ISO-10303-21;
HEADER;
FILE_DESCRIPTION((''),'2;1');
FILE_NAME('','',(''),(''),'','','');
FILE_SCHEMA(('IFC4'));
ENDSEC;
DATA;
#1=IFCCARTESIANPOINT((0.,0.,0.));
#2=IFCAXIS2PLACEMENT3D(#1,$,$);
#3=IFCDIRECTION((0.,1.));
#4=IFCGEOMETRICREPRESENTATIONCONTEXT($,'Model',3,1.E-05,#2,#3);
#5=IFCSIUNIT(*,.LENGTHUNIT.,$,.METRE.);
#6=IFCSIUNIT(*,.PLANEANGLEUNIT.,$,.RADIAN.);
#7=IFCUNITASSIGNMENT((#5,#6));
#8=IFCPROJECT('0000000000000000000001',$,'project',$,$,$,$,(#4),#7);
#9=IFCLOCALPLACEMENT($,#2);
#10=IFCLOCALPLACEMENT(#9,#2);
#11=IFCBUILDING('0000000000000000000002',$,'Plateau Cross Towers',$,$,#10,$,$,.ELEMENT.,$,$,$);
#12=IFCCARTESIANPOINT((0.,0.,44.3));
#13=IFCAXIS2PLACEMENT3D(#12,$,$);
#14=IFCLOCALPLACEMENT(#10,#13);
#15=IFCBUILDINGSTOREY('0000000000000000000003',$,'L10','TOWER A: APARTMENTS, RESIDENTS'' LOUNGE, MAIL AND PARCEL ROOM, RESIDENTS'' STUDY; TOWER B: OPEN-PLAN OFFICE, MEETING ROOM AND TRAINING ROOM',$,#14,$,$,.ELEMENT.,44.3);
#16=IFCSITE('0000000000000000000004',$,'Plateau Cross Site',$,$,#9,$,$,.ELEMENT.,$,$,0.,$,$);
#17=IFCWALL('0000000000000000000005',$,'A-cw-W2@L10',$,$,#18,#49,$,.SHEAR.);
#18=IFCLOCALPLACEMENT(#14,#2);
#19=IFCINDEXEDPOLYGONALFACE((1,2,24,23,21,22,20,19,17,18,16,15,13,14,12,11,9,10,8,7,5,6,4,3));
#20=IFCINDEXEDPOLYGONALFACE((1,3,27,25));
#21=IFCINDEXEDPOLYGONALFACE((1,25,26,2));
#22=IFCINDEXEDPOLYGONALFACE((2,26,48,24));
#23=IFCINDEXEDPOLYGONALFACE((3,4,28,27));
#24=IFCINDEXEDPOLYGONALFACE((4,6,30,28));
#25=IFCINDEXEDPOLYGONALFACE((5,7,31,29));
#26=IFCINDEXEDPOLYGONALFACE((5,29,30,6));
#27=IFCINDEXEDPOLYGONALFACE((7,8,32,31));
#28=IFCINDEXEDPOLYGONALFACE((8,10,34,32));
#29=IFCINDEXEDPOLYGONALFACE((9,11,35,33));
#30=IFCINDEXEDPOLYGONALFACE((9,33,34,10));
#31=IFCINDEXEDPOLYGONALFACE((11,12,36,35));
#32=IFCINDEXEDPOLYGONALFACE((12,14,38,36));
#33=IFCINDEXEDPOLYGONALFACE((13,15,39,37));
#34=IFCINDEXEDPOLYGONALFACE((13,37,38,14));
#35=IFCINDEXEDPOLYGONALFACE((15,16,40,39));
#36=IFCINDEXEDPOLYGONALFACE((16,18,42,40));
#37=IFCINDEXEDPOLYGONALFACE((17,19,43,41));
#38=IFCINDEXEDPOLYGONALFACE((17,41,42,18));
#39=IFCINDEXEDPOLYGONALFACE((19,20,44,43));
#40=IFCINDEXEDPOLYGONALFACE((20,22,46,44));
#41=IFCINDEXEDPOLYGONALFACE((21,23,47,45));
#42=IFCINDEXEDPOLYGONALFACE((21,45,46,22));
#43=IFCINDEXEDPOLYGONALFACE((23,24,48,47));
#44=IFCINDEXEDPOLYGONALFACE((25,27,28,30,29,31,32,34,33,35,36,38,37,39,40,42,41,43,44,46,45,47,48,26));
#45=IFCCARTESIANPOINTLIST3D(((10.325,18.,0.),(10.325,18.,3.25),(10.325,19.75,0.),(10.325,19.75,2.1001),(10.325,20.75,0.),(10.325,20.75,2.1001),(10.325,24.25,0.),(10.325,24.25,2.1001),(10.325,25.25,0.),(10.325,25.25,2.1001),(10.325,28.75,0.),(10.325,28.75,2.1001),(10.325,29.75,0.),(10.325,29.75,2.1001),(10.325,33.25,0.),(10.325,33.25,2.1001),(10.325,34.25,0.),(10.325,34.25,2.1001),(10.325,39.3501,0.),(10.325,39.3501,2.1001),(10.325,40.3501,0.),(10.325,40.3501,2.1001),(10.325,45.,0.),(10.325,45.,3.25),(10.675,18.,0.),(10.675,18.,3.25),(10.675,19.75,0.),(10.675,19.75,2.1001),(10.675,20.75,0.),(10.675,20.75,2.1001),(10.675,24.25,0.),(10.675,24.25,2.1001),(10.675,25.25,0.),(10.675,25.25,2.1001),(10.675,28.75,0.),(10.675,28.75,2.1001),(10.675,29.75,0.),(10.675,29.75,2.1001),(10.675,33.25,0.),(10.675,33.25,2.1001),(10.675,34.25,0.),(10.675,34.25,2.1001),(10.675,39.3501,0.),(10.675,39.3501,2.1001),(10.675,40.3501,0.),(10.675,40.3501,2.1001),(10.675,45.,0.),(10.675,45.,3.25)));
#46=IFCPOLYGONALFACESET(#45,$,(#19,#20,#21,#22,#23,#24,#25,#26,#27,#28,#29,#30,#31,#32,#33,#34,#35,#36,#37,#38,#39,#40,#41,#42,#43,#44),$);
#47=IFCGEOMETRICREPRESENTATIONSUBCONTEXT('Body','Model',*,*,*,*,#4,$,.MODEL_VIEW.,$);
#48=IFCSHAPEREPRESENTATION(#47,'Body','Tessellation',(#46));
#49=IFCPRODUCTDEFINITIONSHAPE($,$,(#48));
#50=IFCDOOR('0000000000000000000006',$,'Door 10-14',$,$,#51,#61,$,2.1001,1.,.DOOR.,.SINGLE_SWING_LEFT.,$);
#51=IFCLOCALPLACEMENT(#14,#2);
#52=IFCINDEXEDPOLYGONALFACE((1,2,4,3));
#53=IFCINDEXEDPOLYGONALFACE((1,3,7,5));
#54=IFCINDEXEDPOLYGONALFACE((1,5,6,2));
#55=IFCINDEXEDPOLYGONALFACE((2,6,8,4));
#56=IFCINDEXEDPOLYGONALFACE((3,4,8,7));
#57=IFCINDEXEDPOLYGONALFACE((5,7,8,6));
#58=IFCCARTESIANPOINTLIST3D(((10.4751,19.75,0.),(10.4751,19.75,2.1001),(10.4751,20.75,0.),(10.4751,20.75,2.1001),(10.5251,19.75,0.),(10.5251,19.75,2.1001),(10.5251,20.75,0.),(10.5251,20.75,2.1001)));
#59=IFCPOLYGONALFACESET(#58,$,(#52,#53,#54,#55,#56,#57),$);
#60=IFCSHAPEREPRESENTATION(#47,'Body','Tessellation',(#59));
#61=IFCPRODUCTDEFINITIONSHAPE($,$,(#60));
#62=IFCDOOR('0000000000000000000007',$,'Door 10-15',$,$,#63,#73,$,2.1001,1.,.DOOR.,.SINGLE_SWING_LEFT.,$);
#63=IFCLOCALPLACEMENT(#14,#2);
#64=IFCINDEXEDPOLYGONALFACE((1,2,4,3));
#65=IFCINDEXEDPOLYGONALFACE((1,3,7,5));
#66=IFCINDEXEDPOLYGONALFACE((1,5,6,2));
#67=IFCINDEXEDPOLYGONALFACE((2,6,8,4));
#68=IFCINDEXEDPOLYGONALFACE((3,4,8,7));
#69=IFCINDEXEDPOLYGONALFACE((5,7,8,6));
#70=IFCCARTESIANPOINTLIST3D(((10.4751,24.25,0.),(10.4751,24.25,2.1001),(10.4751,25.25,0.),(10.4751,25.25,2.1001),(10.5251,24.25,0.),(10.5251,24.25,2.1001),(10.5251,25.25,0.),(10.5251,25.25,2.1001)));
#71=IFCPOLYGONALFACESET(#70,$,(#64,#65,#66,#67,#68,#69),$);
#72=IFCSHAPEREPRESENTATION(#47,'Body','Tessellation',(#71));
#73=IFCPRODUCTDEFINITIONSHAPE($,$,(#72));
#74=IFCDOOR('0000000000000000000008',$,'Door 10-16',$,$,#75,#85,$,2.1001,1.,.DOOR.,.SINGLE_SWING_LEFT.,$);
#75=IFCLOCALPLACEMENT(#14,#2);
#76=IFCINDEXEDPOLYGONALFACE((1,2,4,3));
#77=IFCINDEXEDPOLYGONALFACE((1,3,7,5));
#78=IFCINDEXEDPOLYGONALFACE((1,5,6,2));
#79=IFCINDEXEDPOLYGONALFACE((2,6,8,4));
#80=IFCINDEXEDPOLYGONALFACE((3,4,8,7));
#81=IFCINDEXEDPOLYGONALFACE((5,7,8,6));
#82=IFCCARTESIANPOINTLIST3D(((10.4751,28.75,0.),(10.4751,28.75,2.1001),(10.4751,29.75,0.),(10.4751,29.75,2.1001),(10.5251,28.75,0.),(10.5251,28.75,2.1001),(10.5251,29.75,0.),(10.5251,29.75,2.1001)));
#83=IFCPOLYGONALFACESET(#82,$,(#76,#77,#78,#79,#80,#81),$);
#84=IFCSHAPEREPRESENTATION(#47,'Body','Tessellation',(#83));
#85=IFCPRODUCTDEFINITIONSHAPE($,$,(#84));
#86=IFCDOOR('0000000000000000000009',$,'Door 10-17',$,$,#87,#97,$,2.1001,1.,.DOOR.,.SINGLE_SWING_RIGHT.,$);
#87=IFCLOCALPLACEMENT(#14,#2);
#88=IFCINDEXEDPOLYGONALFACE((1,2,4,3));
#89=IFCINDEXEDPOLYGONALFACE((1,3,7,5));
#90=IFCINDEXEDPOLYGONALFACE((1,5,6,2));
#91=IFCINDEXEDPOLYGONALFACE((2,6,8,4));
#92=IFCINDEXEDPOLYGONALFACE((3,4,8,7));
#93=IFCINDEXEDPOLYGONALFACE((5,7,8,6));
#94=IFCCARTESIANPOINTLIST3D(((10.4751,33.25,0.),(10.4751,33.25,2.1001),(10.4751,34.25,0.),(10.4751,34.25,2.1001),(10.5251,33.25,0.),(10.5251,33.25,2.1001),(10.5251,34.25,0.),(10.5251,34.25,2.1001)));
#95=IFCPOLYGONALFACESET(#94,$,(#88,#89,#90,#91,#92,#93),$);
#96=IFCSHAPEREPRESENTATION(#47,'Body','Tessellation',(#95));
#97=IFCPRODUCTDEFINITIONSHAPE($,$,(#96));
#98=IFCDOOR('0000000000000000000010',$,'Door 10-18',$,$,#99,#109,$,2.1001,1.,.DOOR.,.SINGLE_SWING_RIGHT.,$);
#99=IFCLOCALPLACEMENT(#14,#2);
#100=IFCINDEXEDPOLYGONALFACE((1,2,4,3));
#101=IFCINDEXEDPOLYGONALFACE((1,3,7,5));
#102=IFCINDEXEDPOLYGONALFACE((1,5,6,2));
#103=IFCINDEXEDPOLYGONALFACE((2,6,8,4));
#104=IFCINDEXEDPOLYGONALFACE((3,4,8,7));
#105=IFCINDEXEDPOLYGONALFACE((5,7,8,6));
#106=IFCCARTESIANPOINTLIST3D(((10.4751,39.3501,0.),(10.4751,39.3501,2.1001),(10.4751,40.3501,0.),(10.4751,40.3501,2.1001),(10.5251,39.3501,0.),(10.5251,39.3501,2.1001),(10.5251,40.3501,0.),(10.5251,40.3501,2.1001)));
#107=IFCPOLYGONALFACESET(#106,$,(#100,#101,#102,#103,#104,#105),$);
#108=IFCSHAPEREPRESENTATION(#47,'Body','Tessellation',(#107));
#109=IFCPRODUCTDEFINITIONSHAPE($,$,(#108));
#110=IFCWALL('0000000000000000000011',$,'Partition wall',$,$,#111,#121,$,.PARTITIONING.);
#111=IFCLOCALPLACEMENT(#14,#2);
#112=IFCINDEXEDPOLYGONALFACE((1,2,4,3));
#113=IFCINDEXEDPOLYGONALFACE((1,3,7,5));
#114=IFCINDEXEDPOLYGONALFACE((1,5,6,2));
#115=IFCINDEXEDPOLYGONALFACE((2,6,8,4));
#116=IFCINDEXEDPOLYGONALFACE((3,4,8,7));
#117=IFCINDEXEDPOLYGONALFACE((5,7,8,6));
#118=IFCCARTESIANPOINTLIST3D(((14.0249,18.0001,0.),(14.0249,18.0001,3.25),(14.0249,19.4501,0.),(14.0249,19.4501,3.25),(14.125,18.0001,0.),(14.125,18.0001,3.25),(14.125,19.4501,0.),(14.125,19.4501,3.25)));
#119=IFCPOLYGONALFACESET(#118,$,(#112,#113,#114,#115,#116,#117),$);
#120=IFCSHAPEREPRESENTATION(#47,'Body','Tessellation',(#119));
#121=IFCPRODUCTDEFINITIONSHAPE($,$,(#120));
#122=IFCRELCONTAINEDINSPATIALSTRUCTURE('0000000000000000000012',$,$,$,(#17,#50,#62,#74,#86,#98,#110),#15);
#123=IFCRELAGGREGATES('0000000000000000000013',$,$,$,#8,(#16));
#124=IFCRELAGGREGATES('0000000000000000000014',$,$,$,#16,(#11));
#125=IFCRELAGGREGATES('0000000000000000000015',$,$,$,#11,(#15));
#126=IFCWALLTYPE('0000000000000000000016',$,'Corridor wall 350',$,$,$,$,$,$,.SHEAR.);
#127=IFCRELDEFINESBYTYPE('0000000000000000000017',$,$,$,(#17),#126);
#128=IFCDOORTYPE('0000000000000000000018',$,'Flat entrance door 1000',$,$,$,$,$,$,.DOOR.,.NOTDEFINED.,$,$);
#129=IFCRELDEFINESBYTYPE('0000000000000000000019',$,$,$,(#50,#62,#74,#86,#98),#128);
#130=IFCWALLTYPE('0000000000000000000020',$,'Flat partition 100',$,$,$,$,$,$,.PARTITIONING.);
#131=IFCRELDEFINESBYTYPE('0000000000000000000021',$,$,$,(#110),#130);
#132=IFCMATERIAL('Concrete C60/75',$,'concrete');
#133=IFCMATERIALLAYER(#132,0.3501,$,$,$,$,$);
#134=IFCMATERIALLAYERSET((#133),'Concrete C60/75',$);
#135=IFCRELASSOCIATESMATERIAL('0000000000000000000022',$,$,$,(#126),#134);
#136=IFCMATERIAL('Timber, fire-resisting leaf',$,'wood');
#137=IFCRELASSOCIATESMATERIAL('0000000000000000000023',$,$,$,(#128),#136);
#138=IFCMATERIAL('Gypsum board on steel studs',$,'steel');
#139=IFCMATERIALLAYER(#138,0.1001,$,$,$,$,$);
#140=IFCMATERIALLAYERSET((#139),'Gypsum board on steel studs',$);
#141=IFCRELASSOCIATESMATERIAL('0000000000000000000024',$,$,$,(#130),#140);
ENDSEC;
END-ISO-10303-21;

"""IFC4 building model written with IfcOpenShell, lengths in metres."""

from ifc_helpers import new_model, si_unit, direction, frame, frame_2d, origin, place, context, subcontext, project, spatial, rectangle, extrude, material, layer, layer_set, type_object, element, fill, save


model = new_model("IFC4")

# Units and contexts
model_context = context("Model", 3, precision=1e-05, world=origin(), true_north=direction((0.0, 1.0)))
body_context = subcontext(model_context, "Body", "Model", "MODEL_VIEW")
ifc_project = project(units=[si_unit("LENGTHUNIT", "METRE"), si_unit("PLANEANGLEUNIT", "RADIAN")], contexts=[model_context])

# Site, building, storey
site_placement = place(None, origin())
site = spatial("IfcSite", under=ifc_project, at=site_placement, Name="Plateau Cross Site", CompositionType="ELEMENT", RefElevation=0.0)
building_placement = place(site_placement, origin())
building = spatial("IfcBuilding", under=site, at=building_placement, Name="Plateau Cross Towers", CompositionType="ELEMENT")
storey_placement = place(building_placement, frame((0.0, 0.0, 44.3)))
storey = spatial("IfcBuildingStorey", under=building, at=storey_placement, Name="L10", Description="TOWER A: APARTMENTS, RESIDENTS' LOUNGE, MAIL AND PARCEL ROOM, RESIDENTS' STUDY; TOWER B: OPEN-PLAN OFFICE, MEETING ROOM AND TRAINING ROOM", CompositionType="ELEMENT", Elevation=44.3)

# Shared definitions
ifc_material_1 = material(Name="Concrete C60/75", Category="concrete")

# Wall, openings, doors
ifc_layer_1 = layer(ifc_material_1, 0.3501)
ifc_layer_set_1 = layer_set([ifc_layer_1], Name="Concrete C60/75")
wall_type_1 = type_object("IfcWallType", Name="Corridor wall 350", PredefinedType="SHEAR", material=ifc_layer_set_1)
ifc_material_2 = material(Name="Timber, fire-resisting leaf", Category="wood")
door_type_1 = type_object("IfcDoorType", Name="Flat entrance door 1000", OperationType="NOTDEFINED", PredefinedType="DOOR", material=ifc_material_2)
wall_1_placement = place(storey_placement, frame((10.5, 18.0, 0.0), z_axis=(0.0, 0.0, 1.0), x_axis=(0.0, 1.0, 0.0)))
wall_1 = element("IfcWall", 1, at=wall_1_placement, inside=storey, type_object=wall_type_1, Name="A-cw-W2@L10", PredefinedType="SHEAR", context=body_context, shape_type="SweptSolid", body=[
    extrude(rectangle(XDim=27.0, YDim=0.3501, at=frame_2d((13.5, 0.0))), origin(), (0.0, 0.0, 1.0), 3.25),
])
opening_1_placement = place(wall_1_placement, frame((1.75, 0.0, 0.0)))
opening_1 = element("IfcOpeningElement", 2, at=opening_1_placement, cuts=wall_1, PredefinedType="OPENING", context=body_context, shape_type="SweptSolid", body=[
    extrude(rectangle(XDim=1.0, YDim=2.1001, at=frame_2d((0.5, 1.05))), frame((0.0, 0.1851, 0.0), z_axis=(0.0, -1.0, 0.0), x_axis=(1.0, 0.0, 0.0)), (0.0, 0.0, 1.0), 0.3701),
])
opening_2_placement = place(wall_1_placement, frame((6.25, 0.0, 0.0)))
opening_2 = element("IfcOpeningElement", 3, at=opening_2_placement, cuts=wall_1, PredefinedType="OPENING", context=body_context, shape_type="SweptSolid", body=[
    extrude(rectangle(XDim=1.0, YDim=2.1001, at=frame_2d((0.5, 1.05))), frame((0.0, 0.1851, 0.0), z_axis=(0.0, -1.0, 0.0), x_axis=(1.0, 0.0, 0.0)), (0.0, 0.0, 1.0), 0.3701),
])
opening_3_placement = place(wall_1_placement, frame((10.75, 0.0, 0.0)))
opening_3 = element("IfcOpeningElement", 4, at=opening_3_placement, cuts=wall_1, PredefinedType="OPENING", context=body_context, shape_type="SweptSolid", body=[
    extrude(rectangle(XDim=1.0, YDim=2.1001, at=frame_2d((0.5, 1.05))), frame((0.0, 0.1851, 0.0), z_axis=(0.0, -1.0, 0.0), x_axis=(1.0, 0.0, 0.0)), (0.0, 0.0, 1.0), 0.3701),
])
opening_4_placement = place(wall_1_placement, frame((15.25, 0.0, 0.0)))
opening_4 = element("IfcOpeningElement", 5, at=opening_4_placement, cuts=wall_1, PredefinedType="OPENING", context=body_context, shape_type="SweptSolid", body=[
    extrude(rectangle(XDim=1.0, YDim=2.1001, at=frame_2d((0.5, 1.05))), frame((0.0, 0.1851, 0.0), z_axis=(0.0, -1.0, 0.0), x_axis=(1.0, 0.0, 0.0)), (0.0, 0.0, 1.0), 0.3701),
])
opening_5_placement = place(wall_1_placement, frame((21.3501, 0.0, 0.0)))
opening_5 = element("IfcOpeningElement", 6, at=opening_5_placement, cuts=wall_1, PredefinedType="OPENING", context=body_context, shape_type="SweptSolid", body=[
    extrude(rectangle(XDim=1.0, YDim=2.1001, at=frame_2d((0.5, 1.05))), frame((0.0, 0.1851, 0.0), z_axis=(0.0, -1.0, 0.0), x_axis=(1.0, 0.0, 0.0)), (0.0, 0.0, 1.0), 0.3701),
])
door_1_placement = place(opening_1_placement, origin())
door_1 = element("IfcDoor", 7, at=door_1_placement, inside=storey, type_object=door_type_1, Name="Door 10-14", OperationType="SINGLE_SWING_LEFT", OverallHeight=2.1001, OverallWidth=1.0, PredefinedType="DOOR", context=body_context, shape_type="SweptSolid", body=[
    extrude(rectangle(XDim=1.0, YDim=2.1001, at=frame_2d((0.5, 1.05))), frame((0.0, 0.0249, 0.0), z_axis=(0.0, -1.0, 0.0), x_axis=(1.0, 0.0, 0.0)), (0.0, 0.0, 1.0), 0.05),
])
fill(opening_1, door_1)
door_2_placement = place(opening_2_placement, origin())
door_2 = element("IfcDoor", 8, at=door_2_placement, inside=storey, type_object=door_type_1, Name="Door 10-15", OperationType="SINGLE_SWING_LEFT", OverallHeight=2.1001, OverallWidth=1.0, PredefinedType="DOOR", context=body_context, shape_type="SweptSolid", body=[
    extrude(rectangle(XDim=1.0, YDim=2.1001, at=frame_2d((0.5, 1.05))), frame((0.0, 0.0249, 0.0), z_axis=(0.0, -1.0, 0.0), x_axis=(1.0, 0.0, 0.0)), (0.0, 0.0, 1.0), 0.05),
])
fill(opening_2, door_2)
door_3_placement = place(opening_3_placement, origin())
door_3 = element("IfcDoor", 9, at=door_3_placement, inside=storey, type_object=door_type_1, Name="Door 10-16", OperationType="SINGLE_SWING_LEFT", OverallHeight=2.1001, OverallWidth=1.0, PredefinedType="DOOR", context=body_context, shape_type="SweptSolid", body=[
    extrude(rectangle(XDim=1.0, YDim=2.1001, at=frame_2d((0.5, 1.05))), frame((0.0, 0.0249, 0.0), z_axis=(0.0, -1.0, 0.0), x_axis=(1.0, 0.0, 0.0)), (0.0, 0.0, 1.0), 0.05),
])
fill(opening_3, door_3)
door_4_placement = place(opening_4_placement, origin())
door_4 = element("IfcDoor", 10, at=door_4_placement, inside=storey, type_object=door_type_1, Name="Door 10-17", OperationType="SINGLE_SWING_RIGHT", OverallHeight=2.1001, OverallWidth=1.0, PredefinedType="DOOR", context=body_context, shape_type="SweptSolid", body=[
    extrude(rectangle(XDim=1.0, YDim=2.1001, at=frame_2d((0.5, 1.05))), frame((0.0, 0.0249, 0.0), z_axis=(0.0, -1.0, 0.0), x_axis=(1.0, 0.0, 0.0)), (0.0, 0.0, 1.0), 0.05),
])
fill(opening_4, door_4)
door_5_placement = place(opening_5_placement, origin())
door_5 = element("IfcDoor", 11, at=door_5_placement, inside=storey, type_object=door_type_1, Name="Door 10-18", OperationType="SINGLE_SWING_RIGHT", OverallHeight=2.1001, OverallWidth=1.0, PredefinedType="DOOR", context=body_context, shape_type="SweptSolid", body=[
    extrude(rectangle(XDim=1.0, YDim=2.1001, at=frame_2d((0.5, 1.05))), frame((0.0, 0.0249, 0.0), z_axis=(0.0, -1.0, 0.0), x_axis=(1.0, 0.0, 0.0)), (0.0, 0.0, 1.0), 0.05),
])
fill(opening_5, door_5)

# Wall
ifc_material_3 = material(Name="Gypsum board on steel studs", Category="steel")
ifc_layer_2 = layer(ifc_material_3, 0.1001)
ifc_layer_set_2 = layer_set([ifc_layer_2], Name="Gypsum board on steel studs")
wall_type_2 = type_object("IfcWallType", Name="Flat partition 100", PredefinedType="PARTITIONING", material=ifc_layer_set_2)
wall_2_placement = place(storey_placement, frame((14.075, 18.0, 0.0), z_axis=(0.0, 0.0, 1.0), x_axis=(0.0, 1.0, 0.0)))
element("IfcWall", 12, at=wall_2_placement, inside=storey, type_object=wall_type_2, Name="Partition wall", PredefinedType="PARTITIONING", context=body_context, shape_type="SweptSolid", body=[
    extrude(rectangle(XDim=1.45, YDim=0.1001, at=frame_2d((0.7251, 0.0))), origin(), (0.0, 0.0, 1.0), 3.25),
])

save(model, "model.ifc")
